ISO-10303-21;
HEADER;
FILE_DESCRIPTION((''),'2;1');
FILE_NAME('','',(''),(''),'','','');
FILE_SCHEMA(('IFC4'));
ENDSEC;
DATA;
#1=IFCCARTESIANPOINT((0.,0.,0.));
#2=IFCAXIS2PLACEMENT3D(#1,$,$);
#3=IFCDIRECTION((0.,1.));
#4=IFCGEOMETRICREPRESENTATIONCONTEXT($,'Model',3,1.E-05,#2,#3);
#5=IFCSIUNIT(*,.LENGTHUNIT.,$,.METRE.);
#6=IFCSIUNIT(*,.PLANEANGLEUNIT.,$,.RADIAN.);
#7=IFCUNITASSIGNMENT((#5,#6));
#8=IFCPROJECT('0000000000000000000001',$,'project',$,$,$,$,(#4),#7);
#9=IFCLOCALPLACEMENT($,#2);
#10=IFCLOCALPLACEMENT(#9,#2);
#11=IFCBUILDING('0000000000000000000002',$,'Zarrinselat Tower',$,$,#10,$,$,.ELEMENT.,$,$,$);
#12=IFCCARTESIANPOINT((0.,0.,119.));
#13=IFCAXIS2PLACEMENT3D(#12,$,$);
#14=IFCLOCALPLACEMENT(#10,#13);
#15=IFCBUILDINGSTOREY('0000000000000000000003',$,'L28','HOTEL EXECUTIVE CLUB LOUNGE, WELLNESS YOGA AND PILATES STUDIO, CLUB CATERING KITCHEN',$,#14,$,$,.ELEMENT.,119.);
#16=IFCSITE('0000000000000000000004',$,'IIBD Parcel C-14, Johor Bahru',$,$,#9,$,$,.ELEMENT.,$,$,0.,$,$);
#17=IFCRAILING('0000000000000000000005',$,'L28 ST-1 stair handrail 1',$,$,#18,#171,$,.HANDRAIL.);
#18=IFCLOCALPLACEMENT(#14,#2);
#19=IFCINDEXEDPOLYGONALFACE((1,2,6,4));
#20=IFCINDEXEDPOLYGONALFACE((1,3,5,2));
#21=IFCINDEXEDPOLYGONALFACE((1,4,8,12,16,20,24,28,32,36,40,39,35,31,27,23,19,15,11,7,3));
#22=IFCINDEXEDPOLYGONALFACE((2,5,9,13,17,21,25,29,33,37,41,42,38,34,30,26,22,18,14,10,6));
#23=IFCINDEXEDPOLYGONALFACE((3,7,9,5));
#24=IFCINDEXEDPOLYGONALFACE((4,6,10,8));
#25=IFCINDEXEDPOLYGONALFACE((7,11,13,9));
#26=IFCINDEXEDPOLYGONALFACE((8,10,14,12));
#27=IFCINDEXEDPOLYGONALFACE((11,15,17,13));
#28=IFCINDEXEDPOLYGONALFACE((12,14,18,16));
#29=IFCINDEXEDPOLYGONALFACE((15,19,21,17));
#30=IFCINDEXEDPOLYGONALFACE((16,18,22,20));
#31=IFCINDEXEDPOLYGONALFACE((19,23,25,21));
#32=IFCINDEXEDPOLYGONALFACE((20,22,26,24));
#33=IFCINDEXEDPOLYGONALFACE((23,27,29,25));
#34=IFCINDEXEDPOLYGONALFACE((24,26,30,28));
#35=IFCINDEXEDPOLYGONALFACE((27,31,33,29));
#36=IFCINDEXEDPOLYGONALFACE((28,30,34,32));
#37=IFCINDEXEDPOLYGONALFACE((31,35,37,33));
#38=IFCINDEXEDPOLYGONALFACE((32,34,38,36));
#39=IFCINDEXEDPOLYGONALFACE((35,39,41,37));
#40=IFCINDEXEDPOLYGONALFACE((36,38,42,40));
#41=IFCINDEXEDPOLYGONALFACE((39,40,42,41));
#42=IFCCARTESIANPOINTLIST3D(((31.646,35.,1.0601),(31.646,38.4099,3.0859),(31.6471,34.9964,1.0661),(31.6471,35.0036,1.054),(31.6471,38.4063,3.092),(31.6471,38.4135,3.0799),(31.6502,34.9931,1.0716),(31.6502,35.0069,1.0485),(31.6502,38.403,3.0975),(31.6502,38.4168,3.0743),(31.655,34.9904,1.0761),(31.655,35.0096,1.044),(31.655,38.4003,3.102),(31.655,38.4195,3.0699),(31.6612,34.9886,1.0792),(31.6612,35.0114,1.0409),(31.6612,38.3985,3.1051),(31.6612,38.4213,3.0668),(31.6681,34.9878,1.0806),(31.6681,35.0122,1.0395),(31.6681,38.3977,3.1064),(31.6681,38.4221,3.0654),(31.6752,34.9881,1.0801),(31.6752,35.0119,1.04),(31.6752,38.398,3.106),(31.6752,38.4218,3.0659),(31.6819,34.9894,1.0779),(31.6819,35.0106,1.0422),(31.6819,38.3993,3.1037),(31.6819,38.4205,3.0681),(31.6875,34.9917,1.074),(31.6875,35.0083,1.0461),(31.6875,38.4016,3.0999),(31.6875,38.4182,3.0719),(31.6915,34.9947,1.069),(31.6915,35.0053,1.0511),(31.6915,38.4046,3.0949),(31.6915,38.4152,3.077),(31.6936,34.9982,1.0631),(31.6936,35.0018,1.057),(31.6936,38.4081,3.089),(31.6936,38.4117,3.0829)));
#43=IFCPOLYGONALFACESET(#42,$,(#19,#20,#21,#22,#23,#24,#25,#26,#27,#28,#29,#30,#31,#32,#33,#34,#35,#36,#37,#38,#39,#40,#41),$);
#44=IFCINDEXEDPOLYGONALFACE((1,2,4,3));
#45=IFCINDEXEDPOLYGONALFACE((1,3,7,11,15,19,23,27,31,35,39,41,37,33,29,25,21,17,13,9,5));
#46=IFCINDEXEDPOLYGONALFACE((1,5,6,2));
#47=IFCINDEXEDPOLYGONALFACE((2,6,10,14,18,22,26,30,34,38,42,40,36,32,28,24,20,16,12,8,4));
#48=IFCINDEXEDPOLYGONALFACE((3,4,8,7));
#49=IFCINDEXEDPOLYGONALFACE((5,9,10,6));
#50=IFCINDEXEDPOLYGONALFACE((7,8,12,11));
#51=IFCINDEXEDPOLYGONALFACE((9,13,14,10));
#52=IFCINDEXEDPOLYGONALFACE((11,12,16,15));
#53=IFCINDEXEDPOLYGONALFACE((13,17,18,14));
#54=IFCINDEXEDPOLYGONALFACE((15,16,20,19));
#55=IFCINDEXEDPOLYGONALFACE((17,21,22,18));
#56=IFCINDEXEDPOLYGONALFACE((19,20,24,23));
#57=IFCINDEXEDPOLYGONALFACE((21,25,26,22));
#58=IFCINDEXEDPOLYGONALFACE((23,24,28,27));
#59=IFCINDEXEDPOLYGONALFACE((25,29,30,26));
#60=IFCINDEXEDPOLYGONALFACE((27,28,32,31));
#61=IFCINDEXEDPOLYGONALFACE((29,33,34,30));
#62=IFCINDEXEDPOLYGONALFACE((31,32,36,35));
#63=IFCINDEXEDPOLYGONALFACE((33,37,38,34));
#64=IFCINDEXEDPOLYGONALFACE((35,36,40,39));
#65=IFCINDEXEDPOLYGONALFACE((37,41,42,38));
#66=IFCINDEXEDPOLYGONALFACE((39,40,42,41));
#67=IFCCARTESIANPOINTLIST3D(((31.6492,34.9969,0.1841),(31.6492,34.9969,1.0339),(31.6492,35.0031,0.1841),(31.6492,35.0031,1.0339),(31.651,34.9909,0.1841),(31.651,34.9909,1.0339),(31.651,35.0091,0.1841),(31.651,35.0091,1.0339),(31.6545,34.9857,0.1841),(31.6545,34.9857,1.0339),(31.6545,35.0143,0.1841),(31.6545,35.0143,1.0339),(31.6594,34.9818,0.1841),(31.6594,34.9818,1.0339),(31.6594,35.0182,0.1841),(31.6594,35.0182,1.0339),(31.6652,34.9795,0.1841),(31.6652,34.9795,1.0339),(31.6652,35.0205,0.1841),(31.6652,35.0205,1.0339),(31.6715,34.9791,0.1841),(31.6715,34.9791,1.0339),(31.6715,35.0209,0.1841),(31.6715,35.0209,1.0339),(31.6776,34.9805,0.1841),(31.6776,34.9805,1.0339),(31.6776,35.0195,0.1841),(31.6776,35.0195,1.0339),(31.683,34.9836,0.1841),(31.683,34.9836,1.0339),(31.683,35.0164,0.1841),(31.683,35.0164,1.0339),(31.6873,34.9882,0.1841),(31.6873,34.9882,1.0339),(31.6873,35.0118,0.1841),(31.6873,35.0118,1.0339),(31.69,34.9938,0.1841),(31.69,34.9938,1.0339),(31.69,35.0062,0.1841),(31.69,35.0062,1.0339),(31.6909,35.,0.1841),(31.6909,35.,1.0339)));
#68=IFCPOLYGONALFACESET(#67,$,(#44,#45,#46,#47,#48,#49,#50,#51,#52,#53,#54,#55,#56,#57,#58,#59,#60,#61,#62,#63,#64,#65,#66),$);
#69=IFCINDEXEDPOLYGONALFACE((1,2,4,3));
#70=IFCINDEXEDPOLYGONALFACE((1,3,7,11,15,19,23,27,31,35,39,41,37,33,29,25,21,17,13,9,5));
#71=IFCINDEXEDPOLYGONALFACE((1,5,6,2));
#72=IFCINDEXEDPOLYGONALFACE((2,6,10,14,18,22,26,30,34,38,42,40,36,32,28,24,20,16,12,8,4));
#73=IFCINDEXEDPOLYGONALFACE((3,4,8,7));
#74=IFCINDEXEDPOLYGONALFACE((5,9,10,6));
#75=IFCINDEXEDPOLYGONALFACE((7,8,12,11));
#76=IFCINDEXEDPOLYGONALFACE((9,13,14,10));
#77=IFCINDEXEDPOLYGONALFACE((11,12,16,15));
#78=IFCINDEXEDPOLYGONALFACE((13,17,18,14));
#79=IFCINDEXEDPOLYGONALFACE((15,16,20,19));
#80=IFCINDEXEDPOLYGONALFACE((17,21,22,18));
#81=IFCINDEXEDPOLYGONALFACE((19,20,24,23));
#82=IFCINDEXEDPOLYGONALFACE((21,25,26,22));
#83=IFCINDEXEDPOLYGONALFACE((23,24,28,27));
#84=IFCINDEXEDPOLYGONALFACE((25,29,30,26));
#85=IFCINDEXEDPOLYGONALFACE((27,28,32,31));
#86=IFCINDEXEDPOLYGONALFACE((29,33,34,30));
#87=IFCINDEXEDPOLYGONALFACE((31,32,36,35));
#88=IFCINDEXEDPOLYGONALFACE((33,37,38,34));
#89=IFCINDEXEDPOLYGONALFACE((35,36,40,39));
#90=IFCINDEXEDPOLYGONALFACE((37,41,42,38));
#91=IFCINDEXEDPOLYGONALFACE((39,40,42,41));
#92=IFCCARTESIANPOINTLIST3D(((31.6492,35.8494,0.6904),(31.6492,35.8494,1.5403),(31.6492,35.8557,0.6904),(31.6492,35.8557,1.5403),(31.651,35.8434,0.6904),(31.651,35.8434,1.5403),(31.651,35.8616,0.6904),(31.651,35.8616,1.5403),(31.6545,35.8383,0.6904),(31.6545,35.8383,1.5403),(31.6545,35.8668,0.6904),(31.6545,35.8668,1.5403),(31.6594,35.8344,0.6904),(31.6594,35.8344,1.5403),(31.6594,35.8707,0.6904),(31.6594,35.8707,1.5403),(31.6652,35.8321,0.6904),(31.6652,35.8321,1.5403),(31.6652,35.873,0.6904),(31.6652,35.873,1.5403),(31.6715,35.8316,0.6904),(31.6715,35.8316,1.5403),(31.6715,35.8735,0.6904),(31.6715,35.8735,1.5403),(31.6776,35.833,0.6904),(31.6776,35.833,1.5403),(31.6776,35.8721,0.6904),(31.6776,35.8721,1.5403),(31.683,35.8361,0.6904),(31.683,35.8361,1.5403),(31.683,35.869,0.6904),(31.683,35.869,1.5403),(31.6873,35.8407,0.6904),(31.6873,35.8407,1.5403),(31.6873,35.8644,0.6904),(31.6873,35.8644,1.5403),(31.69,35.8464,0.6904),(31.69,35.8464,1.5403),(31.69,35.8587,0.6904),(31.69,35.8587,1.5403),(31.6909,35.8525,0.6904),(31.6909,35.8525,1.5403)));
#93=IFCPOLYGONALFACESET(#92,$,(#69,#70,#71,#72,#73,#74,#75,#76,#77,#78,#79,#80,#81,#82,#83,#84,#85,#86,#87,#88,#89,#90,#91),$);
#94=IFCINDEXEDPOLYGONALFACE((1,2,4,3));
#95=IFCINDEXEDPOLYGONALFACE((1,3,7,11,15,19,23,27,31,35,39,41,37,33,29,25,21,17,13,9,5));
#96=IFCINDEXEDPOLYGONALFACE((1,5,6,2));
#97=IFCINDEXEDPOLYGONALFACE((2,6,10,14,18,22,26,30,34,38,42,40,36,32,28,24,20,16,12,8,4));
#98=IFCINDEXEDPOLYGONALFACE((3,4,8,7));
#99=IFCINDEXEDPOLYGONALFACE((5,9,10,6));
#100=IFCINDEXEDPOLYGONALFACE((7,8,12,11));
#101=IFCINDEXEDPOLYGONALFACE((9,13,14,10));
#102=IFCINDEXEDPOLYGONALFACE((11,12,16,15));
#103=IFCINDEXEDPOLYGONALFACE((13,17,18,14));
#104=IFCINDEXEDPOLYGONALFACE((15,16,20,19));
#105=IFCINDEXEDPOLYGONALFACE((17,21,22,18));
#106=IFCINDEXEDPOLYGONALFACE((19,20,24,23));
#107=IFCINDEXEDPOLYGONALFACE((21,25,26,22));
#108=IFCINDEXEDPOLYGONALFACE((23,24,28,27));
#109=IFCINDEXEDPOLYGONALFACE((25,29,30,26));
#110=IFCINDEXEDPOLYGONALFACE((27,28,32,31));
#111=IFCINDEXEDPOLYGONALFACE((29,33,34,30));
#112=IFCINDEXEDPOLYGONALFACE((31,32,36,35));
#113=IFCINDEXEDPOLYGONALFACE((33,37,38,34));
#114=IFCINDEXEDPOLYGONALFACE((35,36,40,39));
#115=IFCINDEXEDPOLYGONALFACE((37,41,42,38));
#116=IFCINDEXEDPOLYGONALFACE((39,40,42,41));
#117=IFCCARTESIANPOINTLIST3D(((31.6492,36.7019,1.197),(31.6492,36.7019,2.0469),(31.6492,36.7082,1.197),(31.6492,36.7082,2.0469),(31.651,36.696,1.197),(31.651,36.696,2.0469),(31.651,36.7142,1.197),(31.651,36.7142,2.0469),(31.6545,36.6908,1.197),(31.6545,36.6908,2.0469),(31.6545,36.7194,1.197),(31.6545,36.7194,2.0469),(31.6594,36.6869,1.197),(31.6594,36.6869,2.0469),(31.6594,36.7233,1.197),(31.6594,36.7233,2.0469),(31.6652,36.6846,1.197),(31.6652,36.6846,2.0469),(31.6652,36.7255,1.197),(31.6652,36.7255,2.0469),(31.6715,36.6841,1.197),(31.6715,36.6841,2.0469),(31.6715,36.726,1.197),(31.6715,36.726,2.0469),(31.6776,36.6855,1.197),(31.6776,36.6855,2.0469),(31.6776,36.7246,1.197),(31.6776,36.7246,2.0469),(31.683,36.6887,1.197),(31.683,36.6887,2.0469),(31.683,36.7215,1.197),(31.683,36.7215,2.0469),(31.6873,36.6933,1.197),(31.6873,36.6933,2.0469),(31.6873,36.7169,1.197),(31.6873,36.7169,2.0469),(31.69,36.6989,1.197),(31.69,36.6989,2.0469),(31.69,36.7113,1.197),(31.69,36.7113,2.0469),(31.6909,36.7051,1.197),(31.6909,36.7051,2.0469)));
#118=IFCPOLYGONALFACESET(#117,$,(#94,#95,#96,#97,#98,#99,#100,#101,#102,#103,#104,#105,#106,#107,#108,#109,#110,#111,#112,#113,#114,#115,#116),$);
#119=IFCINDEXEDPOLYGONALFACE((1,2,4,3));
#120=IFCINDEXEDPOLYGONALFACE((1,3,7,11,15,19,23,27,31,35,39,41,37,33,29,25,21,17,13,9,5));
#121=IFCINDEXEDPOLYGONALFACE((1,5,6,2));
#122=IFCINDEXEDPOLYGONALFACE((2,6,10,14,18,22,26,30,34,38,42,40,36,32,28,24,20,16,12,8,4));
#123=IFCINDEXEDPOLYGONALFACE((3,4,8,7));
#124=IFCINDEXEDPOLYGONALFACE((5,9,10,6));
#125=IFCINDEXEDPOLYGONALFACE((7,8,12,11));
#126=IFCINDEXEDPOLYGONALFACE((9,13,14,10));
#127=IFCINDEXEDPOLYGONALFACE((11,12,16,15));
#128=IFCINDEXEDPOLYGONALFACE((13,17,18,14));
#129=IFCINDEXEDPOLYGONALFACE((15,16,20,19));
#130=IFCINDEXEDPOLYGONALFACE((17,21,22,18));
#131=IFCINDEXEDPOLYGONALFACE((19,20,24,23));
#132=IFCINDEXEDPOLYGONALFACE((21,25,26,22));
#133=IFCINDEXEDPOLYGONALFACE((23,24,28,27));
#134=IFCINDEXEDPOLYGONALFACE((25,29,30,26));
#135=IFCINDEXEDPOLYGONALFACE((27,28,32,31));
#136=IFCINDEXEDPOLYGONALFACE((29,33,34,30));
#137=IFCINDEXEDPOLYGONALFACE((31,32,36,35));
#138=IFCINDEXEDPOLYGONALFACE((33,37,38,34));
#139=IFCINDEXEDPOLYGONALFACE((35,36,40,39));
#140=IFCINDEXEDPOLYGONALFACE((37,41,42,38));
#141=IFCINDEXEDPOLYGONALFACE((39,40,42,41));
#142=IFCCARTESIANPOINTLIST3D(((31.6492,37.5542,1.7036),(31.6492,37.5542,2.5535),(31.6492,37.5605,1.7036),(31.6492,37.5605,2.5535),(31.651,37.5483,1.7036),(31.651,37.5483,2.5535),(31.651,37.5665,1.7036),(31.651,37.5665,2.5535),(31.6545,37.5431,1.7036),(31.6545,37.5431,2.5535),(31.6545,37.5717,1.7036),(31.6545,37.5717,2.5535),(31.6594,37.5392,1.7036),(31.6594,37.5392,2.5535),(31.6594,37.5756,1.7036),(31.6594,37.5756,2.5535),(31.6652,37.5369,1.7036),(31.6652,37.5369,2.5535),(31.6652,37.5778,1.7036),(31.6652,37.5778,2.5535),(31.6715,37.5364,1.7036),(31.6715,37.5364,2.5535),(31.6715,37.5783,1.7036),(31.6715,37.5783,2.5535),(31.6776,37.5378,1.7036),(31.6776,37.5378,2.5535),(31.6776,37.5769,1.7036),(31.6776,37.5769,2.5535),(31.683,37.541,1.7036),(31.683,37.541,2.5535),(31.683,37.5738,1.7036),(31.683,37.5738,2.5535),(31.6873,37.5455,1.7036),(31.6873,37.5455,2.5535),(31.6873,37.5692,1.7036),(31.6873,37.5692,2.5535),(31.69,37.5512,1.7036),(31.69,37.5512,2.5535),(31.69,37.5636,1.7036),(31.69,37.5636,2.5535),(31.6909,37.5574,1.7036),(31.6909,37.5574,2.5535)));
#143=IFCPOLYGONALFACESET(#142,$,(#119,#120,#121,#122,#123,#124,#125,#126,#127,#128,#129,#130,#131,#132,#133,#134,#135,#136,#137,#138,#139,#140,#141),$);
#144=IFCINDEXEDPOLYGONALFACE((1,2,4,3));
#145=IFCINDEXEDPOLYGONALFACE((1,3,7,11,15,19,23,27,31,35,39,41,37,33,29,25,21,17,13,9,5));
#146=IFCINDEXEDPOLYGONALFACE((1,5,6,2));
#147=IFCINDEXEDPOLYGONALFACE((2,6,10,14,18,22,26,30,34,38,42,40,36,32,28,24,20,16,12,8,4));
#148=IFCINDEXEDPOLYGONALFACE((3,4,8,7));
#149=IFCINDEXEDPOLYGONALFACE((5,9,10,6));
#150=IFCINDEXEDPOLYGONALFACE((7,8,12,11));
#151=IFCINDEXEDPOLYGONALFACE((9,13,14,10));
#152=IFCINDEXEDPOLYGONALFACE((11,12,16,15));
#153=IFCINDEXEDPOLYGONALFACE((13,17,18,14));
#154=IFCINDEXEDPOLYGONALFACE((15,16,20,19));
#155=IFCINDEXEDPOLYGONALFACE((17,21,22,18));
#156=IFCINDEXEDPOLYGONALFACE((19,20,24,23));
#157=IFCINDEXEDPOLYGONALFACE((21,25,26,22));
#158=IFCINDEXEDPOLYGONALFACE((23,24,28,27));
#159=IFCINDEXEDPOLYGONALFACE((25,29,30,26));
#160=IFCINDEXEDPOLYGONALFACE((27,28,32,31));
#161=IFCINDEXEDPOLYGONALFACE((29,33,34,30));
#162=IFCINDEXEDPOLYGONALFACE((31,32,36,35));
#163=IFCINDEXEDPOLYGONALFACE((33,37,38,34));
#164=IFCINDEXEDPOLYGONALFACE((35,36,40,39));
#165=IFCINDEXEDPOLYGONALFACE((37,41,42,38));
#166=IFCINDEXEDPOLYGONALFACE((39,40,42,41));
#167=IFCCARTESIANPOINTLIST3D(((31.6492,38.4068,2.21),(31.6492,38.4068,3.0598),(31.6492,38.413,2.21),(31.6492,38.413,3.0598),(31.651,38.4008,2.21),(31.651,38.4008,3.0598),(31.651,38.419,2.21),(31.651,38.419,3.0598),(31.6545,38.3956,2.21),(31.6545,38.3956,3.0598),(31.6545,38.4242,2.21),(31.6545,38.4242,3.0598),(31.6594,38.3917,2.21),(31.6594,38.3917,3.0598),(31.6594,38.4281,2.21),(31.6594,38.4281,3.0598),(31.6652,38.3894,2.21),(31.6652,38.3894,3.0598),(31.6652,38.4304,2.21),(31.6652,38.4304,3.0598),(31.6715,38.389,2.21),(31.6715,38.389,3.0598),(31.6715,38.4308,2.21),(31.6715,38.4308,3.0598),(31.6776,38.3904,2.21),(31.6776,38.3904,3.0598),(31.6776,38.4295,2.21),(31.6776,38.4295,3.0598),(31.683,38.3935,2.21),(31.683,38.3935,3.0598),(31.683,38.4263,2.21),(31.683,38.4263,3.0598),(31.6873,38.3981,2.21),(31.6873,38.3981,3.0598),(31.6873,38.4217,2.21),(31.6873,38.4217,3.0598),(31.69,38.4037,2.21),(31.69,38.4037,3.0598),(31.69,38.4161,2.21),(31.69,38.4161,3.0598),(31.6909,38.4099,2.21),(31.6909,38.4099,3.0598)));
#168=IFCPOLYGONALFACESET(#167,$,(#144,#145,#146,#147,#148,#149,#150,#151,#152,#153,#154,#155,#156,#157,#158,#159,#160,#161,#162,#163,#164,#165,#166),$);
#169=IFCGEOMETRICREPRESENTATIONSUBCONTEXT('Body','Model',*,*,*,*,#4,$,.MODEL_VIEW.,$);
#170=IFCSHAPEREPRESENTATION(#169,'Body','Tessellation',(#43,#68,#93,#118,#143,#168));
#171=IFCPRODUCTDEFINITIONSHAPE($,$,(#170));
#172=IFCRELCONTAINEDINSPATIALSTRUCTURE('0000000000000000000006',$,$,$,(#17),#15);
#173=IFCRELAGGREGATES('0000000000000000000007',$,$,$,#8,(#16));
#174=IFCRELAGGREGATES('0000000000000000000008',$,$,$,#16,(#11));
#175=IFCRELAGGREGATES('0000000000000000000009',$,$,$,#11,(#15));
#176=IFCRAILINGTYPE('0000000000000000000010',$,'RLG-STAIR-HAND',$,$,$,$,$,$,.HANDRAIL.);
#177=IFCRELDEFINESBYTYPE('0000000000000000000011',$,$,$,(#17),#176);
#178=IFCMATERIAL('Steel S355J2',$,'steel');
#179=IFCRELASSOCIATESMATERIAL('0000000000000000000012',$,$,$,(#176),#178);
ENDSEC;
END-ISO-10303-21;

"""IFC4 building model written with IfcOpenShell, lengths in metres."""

from ifc_helpers import new_model, si_unit, direction, frame, origin, origin_2d, place, context, subcontext, project, spatial, circle, extrude, material, type_object, element, save


model = new_model("IFC4")

# Units and contexts
model_context = context("Model", 3, precision=1e-05, world=origin(), true_north=direction((0.0, 1.0)))
body_context = subcontext(model_context, "Body", "Model", "MODEL_VIEW")
ifc_project = project(units=[si_unit("LENGTHUNIT", "METRE"), si_unit("PLANEANGLEUNIT", "RADIAN")], contexts=[model_context])

# Site, building, storey
site_placement = place(None, origin())
site = spatial("IfcSite", under=ifc_project, at=site_placement, Name="IIBD Parcel C-14, Johor Bahru", CompositionType="ELEMENT", RefElevation=0.0)
building_placement = place(site_placement, origin())
building = spatial("IfcBuilding", under=site, at=building_placement, Name="Zarrinselat Tower", CompositionType="ELEMENT")
storey_placement = place(building_placement, frame((0.0, 0.0, 119.0)))
storey = spatial("IfcBuildingStorey", under=building, at=storey_placement, Name="L28", Description="HOTEL EXECUTIVE CLUB LOUNGE, WELLNESS YOGA AND PILATES STUDIO, CLUB CATERING KITCHEN", CompositionType="ELEMENT", Elevation=119.0)

# Railing
ifc_material_1 = material(Name="Steel S355J2", Category="steel")
railing_type_1 = type_object("IfcRailingType", Name="RLG-STAIR-HAND", PredefinedType="HANDRAIL", material=ifc_material_1)
railing_1_placement = place(storey_placement, frame((31.6699, 35.0, 0.1841)))
element("IfcRailing", 1, at=railing_1_placement, inside=storey, type_object=railing_type_1, Name="L28 ST-1 stair handrail 1", PredefinedType="HANDRAIL", context=body_context, shape_type="SweptSolid", body=[
    extrude(circle(Radius=0.0239, at=origin_2d()), frame((0.0, 0.0, 0.876), z_axis=(0.0, 0.859717, 0.510771), x_axis=(-1.0, 0.0, 0.0)), (0.0, 0.0, 1.0), 3.9663),
    extrude(circle(Radius=0.021, at=origin_2d()), origin(), (0.0, 0.0, 1.0), 0.8499),
    extrude(circle(Radius=0.021, at=origin_2d()), frame((0.0, 0.8525, 0.5063)), (0.0, 0.0, 1.0), 0.8499),
    extrude(circle(Radius=0.021, at=origin_2d()), frame((0.0, 1.7051, 1.0129)), (0.0, 0.0, 1.0), 0.8499),
    extrude(circle(Radius=0.021, at=origin_2d()), frame((0.0, 2.5574, 1.5195)), (0.0, 0.0, 1.0), 0.8499),
    extrude(circle(Radius=0.021, at=origin_2d()), frame((0.0, 3.4099, 2.0259)), (0.0, 0.0, 1.0), 0.8499),
])

save(model, "model.ifc")
